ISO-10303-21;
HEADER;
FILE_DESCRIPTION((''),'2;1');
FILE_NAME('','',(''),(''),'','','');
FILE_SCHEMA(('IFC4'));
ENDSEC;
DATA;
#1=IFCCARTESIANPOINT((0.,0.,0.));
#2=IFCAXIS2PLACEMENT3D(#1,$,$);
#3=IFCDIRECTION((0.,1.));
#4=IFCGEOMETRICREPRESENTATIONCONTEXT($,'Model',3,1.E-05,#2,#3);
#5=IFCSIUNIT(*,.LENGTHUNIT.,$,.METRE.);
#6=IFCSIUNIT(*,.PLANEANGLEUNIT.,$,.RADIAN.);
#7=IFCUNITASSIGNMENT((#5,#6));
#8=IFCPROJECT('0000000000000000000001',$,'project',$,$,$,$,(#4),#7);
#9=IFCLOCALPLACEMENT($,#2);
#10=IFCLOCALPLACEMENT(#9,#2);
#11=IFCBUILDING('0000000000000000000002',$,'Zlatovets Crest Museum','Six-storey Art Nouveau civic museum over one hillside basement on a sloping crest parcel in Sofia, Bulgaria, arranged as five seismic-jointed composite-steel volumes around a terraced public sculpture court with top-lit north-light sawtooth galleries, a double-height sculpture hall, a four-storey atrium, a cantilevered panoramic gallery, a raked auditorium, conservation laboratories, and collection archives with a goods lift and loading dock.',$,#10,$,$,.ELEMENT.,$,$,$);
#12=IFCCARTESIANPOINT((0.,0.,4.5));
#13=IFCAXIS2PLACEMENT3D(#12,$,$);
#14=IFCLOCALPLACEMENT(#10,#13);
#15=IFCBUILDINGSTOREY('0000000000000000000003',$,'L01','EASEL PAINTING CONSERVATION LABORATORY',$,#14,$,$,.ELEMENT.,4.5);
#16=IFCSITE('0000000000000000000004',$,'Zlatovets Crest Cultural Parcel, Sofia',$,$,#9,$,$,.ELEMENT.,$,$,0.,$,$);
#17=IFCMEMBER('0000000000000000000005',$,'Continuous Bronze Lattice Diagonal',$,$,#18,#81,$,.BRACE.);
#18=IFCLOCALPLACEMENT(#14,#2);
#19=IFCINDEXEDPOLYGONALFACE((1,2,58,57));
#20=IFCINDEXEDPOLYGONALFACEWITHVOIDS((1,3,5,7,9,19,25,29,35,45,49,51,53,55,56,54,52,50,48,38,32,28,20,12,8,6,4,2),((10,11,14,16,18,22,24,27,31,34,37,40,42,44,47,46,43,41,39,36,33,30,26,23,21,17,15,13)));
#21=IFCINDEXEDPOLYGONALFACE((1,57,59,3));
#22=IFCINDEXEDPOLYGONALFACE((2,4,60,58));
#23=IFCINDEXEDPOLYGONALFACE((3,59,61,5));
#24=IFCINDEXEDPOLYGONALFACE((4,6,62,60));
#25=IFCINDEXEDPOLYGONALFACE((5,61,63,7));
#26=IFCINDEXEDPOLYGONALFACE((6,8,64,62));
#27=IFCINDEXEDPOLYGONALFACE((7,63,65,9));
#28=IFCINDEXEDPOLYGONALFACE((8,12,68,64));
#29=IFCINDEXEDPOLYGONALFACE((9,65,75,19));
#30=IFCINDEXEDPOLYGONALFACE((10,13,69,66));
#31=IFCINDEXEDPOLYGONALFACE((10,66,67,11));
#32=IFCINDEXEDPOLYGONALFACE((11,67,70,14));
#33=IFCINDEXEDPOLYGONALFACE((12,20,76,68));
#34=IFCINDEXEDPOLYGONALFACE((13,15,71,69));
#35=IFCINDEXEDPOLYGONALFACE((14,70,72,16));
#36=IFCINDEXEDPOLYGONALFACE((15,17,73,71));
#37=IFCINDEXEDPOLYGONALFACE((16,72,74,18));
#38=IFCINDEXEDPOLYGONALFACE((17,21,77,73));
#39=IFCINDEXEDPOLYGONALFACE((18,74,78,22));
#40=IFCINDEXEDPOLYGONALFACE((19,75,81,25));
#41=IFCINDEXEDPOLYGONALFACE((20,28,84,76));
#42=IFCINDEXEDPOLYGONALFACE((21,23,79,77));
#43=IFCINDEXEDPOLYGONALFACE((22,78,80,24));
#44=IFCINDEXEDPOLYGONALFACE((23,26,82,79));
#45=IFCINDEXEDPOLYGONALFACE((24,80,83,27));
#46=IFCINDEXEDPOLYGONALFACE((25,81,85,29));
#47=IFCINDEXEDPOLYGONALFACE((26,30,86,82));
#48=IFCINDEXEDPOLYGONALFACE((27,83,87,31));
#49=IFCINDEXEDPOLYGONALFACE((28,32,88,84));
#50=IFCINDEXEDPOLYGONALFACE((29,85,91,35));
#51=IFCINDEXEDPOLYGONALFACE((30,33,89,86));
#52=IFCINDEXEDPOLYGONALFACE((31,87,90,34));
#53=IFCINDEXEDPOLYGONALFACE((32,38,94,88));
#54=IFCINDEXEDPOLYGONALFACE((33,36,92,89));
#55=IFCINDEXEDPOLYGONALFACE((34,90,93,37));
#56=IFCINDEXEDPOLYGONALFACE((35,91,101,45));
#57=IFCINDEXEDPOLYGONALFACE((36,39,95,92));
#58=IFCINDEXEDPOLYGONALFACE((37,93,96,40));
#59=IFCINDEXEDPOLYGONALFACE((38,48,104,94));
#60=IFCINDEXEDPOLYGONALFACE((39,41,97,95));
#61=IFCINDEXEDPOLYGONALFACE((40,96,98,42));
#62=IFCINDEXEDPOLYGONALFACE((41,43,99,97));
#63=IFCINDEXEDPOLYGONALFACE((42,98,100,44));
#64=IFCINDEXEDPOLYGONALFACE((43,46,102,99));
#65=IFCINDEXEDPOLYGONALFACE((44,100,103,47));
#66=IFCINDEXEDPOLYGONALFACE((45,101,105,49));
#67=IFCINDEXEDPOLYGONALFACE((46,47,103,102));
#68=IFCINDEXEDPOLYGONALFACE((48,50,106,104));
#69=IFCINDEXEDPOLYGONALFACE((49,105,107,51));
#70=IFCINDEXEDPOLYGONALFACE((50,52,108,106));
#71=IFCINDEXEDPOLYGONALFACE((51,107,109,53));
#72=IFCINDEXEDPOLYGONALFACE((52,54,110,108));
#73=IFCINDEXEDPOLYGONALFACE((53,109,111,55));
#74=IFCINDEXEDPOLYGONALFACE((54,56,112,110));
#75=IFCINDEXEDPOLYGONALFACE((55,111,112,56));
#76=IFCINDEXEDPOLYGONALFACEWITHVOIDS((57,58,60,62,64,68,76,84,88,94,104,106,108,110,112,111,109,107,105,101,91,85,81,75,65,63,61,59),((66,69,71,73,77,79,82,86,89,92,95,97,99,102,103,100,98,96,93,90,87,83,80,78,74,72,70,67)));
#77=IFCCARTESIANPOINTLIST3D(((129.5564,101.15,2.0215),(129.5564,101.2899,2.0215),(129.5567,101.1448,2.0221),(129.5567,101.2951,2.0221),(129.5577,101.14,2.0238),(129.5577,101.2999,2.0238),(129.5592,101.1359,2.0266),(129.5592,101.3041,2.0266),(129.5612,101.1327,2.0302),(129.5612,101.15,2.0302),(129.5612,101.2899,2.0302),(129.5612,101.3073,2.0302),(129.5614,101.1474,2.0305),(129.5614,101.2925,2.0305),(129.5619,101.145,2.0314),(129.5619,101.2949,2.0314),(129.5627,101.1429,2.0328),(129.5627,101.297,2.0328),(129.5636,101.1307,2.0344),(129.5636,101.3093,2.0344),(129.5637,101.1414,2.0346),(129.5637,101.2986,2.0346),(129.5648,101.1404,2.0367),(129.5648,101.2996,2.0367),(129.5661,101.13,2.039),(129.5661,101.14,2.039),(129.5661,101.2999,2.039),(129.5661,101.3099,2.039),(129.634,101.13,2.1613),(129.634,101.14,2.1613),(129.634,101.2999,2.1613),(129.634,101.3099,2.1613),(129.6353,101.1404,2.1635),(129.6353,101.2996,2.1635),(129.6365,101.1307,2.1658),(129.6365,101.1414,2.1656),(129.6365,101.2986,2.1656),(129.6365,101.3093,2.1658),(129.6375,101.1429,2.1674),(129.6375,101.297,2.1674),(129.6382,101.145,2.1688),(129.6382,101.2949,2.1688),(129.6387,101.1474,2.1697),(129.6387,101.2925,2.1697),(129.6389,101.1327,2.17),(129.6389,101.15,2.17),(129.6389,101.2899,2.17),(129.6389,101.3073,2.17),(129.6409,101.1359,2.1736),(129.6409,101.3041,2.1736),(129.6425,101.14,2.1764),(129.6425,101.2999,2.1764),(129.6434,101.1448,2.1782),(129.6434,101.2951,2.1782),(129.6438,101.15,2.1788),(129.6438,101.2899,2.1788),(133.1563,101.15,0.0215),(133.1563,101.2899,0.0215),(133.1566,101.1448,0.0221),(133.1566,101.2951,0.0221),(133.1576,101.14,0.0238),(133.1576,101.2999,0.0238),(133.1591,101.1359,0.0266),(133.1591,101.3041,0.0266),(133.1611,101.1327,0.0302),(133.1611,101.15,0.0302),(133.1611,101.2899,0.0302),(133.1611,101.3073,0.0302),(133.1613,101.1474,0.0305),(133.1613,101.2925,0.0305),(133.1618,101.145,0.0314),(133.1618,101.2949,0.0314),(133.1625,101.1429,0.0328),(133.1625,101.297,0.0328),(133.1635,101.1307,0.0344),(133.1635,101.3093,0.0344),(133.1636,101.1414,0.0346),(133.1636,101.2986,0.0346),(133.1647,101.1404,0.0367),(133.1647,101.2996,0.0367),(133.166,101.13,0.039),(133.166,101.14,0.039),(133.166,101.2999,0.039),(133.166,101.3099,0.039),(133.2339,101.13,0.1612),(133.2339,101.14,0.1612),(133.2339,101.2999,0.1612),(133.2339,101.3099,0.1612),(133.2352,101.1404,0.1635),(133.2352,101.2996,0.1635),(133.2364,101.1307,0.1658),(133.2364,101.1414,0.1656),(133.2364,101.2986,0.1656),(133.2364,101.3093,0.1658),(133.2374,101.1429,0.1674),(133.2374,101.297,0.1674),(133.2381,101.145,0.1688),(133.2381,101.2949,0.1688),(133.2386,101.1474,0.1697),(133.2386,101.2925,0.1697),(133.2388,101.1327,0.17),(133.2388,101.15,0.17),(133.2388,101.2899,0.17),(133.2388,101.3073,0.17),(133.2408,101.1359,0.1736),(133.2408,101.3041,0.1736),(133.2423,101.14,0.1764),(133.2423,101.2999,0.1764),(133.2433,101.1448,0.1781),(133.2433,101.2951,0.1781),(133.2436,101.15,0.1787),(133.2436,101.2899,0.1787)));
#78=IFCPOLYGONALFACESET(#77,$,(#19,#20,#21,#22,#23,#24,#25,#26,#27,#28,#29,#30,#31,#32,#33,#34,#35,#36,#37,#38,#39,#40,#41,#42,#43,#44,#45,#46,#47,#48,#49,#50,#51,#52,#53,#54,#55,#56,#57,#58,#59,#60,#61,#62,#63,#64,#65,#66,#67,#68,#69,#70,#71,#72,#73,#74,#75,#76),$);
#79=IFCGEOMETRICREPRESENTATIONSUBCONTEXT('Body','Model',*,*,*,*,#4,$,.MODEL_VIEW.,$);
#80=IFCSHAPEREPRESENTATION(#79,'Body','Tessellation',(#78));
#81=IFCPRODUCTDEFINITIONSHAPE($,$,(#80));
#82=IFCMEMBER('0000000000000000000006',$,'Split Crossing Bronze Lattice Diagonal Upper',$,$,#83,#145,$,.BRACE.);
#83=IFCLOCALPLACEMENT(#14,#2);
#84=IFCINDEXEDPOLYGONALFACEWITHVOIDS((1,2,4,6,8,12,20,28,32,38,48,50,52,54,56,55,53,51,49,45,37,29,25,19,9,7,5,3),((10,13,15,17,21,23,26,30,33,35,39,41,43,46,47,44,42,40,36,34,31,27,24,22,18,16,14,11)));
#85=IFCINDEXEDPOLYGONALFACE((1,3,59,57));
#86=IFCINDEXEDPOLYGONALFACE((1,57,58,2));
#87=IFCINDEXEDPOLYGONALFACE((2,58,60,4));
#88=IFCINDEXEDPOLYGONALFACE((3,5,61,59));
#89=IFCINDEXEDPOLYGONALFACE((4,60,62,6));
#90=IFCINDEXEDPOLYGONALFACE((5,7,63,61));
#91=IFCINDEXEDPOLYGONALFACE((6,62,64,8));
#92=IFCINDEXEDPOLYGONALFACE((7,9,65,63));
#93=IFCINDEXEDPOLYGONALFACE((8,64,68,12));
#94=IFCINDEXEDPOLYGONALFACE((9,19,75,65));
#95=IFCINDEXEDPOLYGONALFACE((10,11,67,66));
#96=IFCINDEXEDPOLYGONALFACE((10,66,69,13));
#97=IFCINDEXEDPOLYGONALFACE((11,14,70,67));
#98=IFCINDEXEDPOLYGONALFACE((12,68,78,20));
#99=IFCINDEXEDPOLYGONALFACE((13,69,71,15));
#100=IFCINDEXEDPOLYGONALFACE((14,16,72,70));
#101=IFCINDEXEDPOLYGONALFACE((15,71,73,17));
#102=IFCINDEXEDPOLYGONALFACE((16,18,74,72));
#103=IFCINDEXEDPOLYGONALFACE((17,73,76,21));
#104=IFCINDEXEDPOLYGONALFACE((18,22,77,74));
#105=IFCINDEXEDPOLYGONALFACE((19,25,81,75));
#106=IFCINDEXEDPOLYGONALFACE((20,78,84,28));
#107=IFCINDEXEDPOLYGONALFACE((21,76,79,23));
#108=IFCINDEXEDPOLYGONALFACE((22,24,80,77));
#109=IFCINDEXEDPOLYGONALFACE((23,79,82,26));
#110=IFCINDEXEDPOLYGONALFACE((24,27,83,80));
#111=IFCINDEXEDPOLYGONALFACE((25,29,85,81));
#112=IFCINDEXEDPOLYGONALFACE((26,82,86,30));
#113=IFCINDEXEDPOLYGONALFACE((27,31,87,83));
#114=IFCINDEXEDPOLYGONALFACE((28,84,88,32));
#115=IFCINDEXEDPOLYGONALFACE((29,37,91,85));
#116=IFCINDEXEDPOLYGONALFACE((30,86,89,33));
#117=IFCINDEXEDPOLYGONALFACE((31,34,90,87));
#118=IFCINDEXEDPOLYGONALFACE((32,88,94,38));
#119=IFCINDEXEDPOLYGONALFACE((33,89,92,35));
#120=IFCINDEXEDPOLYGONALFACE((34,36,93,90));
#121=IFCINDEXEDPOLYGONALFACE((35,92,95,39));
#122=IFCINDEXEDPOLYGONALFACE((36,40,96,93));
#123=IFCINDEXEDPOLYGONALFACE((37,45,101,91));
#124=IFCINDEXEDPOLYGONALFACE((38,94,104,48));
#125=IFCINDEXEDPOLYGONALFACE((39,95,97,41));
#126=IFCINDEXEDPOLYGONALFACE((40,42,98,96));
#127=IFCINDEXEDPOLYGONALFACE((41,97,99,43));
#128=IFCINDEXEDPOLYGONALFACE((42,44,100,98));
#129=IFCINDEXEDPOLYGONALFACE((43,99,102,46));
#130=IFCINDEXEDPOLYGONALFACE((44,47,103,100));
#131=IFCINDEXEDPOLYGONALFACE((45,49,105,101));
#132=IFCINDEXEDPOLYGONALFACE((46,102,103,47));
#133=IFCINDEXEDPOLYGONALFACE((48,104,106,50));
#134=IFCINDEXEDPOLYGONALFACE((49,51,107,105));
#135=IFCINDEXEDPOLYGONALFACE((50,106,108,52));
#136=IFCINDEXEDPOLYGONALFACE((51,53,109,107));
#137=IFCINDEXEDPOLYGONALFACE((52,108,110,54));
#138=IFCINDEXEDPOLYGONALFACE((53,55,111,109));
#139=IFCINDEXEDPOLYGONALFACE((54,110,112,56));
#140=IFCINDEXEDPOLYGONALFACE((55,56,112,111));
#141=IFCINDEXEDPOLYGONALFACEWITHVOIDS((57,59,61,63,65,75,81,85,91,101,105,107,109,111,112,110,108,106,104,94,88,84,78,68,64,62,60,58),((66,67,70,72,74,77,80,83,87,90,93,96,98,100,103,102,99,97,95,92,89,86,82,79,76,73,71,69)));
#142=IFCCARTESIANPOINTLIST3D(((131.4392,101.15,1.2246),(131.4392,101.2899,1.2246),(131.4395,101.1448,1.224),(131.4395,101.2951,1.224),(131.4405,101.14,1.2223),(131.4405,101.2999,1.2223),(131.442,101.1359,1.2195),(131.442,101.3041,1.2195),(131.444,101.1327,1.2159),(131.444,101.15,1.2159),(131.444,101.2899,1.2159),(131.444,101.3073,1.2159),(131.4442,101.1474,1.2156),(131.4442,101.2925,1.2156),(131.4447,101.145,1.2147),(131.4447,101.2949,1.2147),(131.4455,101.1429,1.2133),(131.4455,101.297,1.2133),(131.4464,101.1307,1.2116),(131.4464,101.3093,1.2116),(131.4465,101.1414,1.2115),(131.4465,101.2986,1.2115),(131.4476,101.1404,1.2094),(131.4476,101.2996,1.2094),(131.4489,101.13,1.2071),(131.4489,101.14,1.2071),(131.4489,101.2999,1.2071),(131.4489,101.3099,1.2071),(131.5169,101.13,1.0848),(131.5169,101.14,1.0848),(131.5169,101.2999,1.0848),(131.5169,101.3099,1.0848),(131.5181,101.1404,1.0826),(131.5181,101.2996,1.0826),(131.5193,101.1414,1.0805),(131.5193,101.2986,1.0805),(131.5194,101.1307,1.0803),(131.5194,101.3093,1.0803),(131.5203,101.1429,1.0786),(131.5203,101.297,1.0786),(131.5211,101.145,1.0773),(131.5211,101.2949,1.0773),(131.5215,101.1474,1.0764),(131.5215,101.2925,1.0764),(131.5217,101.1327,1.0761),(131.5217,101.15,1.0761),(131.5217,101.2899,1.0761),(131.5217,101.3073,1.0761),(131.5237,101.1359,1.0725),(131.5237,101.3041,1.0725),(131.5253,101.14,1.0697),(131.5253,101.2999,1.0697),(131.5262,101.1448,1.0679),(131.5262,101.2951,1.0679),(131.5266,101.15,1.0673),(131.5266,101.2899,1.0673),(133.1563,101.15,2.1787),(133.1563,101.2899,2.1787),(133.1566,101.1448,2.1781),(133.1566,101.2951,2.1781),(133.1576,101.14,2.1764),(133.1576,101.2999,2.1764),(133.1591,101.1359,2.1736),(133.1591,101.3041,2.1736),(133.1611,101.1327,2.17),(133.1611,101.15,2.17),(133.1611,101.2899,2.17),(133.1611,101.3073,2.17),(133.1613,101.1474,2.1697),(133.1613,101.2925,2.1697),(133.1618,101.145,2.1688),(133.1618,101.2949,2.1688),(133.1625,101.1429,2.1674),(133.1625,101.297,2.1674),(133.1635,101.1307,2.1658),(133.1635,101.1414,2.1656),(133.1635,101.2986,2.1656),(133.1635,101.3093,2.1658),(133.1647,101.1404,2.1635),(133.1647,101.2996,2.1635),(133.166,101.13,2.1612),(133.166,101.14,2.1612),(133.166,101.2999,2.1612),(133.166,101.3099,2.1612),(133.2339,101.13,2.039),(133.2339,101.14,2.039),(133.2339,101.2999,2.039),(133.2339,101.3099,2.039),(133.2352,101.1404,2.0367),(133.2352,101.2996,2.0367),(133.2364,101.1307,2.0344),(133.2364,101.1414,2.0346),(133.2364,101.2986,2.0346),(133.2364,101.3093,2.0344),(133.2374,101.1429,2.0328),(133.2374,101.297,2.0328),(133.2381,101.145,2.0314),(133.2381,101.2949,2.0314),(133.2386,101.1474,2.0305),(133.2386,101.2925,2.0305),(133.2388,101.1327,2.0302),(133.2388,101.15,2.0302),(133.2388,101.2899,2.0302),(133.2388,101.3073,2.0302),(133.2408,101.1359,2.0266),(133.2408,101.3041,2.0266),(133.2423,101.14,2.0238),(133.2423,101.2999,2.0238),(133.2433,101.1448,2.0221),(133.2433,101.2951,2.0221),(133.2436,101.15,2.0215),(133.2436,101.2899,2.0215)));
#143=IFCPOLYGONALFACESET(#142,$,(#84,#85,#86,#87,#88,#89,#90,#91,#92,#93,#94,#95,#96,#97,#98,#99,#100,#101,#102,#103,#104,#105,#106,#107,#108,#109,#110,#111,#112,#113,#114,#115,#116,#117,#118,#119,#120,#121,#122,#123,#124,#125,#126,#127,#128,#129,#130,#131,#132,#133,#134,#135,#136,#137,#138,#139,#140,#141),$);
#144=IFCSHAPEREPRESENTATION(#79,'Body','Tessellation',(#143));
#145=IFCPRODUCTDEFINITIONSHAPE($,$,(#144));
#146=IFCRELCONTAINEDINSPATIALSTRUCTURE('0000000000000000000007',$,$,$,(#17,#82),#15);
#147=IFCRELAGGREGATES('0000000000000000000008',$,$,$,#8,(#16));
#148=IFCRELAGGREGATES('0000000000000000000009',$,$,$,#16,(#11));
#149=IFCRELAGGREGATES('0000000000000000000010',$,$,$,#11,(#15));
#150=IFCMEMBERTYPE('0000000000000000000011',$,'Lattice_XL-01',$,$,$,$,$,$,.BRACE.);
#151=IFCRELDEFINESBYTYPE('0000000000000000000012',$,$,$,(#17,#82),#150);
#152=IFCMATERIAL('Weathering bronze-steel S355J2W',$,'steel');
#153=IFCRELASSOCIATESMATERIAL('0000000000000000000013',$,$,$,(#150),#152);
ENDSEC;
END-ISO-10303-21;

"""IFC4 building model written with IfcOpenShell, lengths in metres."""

from ifc_helpers import new_model, si_unit, direction, frame, origin, origin_2d, place, context, subcontext, project, spatial, hollow_rectangle, extrude, material, material_profile, profile_set, type_object, element, save


model = new_model("IFC4")

# Units and contexts
model_context = context("Model", 3, precision=1e-05, world=origin(), true_north=direction((0.0, 1.0)))
body_context = subcontext(model_context, "Body", "Model", "MODEL_VIEW")
ifc_project = project(units=[si_unit("LENGTHUNIT", "METRE"), si_unit("PLANEANGLEUNIT", "RADIAN")], contexts=[model_context])

# Site, building, storey
site_placement = place(None, origin())
site = spatial("IfcSite", under=ifc_project, at=site_placement, Name="Zlatovets Crest Cultural Parcel, Sofia", CompositionType="ELEMENT", RefElevation=0.0)
building_placement = place(site_placement, origin())
building = spatial("IfcBuilding", under=site, at=building_placement, Name="Zlatovets Crest Museum", Description="Six-storey Art Nouveau civic museum over one hillside basement on a sloping crest parcel in Sofia, Bulgaria, arranged as five seismic-jointed composite-steel volumes around a terraced public sculpture court with top-lit north-light sawtooth galleries, a double-height sculpture hall, a four-storey atrium, a cantilevered panoramic gallery, a raked auditorium, conservation laboratories, and collection archives with a goods lift and loading dock.", CompositionType="ELEMENT")
storey_placement = place(building_placement, frame((0.0, 0.0, 4.5)))
storey = spatial("IfcBuildingStorey", under=building, at=storey_placement, Name="L01", Description="EASEL PAINTING CONSERVATION LABORATORY", CompositionType="ELEMENT", Elevation=4.5)

# Members
ifc_material_1 = material(Name="Weathering bronze-steel S355J2W", Category="steel")
ifc_material_profile_1 = material_profile(ifc_material_1, hollow_rectangle(XDim=0.1799, YDim=0.1799, WallThickness=0.01, InnerFilletRadius=0.01, OuterFilletRadius=0.02, at=origin_2d()), Name="SHS 180x180x10.0")
ifc_profile_set_1 = profile_set([ifc_material_profile_1], Name="Weathering bronze-steel S355J2W")
member_type_1 = type_object("IfcMemberType", Name="Lattice_XL-01", PredefinedType="BRACE", material=ifc_profile_set_1)
member_1_placement = place(storey_placement, frame((133.2, 101.22, 0.1001), z_axis=(-0.874149, 0.0, 0.485658), x_axis=(0.0, -1.0, 0.0)))
element("IfcMember", 1, at=member_1_placement, inside=storey, type_object=member_type_1, Name="Continuous Bronze Lattice Diagonal", PredefinedType="BRACE", context=body_context, shape_type="SweptSolid", body=[
    extrude(hollow_rectangle(XDim=0.1799, YDim=0.1799, WallThickness=0.01, InnerFilletRadius=0.01, OuterFilletRadius=0.02, at=origin_2d()), origin(), (0.0, 0.0, 1.0), 4.1182),
])
member_2_placement = place(storey_placement, frame((133.2, 101.22, 2.1001), z_axis=(-0.874116, 0.0, -0.485717), x_axis=(0.0, -1.0, 0.0)))
element("IfcMember", 2, at=member_2_placement, inside=storey, type_object=member_type_1, Name="Split Crossing Bronze Lattice Diagonal Upper", PredefinedType="BRACE", context=body_context, shape_type="SweptSolid", body=[
    extrude(hollow_rectangle(XDim=0.1799, YDim=0.1799, WallThickness=0.01, InnerFilletRadius=0.01, OuterFilletRadius=0.02, at=origin_2d()), origin(), (0.0, 0.0, 1.0), 1.9644),
])

save(model, "model.ifc")
